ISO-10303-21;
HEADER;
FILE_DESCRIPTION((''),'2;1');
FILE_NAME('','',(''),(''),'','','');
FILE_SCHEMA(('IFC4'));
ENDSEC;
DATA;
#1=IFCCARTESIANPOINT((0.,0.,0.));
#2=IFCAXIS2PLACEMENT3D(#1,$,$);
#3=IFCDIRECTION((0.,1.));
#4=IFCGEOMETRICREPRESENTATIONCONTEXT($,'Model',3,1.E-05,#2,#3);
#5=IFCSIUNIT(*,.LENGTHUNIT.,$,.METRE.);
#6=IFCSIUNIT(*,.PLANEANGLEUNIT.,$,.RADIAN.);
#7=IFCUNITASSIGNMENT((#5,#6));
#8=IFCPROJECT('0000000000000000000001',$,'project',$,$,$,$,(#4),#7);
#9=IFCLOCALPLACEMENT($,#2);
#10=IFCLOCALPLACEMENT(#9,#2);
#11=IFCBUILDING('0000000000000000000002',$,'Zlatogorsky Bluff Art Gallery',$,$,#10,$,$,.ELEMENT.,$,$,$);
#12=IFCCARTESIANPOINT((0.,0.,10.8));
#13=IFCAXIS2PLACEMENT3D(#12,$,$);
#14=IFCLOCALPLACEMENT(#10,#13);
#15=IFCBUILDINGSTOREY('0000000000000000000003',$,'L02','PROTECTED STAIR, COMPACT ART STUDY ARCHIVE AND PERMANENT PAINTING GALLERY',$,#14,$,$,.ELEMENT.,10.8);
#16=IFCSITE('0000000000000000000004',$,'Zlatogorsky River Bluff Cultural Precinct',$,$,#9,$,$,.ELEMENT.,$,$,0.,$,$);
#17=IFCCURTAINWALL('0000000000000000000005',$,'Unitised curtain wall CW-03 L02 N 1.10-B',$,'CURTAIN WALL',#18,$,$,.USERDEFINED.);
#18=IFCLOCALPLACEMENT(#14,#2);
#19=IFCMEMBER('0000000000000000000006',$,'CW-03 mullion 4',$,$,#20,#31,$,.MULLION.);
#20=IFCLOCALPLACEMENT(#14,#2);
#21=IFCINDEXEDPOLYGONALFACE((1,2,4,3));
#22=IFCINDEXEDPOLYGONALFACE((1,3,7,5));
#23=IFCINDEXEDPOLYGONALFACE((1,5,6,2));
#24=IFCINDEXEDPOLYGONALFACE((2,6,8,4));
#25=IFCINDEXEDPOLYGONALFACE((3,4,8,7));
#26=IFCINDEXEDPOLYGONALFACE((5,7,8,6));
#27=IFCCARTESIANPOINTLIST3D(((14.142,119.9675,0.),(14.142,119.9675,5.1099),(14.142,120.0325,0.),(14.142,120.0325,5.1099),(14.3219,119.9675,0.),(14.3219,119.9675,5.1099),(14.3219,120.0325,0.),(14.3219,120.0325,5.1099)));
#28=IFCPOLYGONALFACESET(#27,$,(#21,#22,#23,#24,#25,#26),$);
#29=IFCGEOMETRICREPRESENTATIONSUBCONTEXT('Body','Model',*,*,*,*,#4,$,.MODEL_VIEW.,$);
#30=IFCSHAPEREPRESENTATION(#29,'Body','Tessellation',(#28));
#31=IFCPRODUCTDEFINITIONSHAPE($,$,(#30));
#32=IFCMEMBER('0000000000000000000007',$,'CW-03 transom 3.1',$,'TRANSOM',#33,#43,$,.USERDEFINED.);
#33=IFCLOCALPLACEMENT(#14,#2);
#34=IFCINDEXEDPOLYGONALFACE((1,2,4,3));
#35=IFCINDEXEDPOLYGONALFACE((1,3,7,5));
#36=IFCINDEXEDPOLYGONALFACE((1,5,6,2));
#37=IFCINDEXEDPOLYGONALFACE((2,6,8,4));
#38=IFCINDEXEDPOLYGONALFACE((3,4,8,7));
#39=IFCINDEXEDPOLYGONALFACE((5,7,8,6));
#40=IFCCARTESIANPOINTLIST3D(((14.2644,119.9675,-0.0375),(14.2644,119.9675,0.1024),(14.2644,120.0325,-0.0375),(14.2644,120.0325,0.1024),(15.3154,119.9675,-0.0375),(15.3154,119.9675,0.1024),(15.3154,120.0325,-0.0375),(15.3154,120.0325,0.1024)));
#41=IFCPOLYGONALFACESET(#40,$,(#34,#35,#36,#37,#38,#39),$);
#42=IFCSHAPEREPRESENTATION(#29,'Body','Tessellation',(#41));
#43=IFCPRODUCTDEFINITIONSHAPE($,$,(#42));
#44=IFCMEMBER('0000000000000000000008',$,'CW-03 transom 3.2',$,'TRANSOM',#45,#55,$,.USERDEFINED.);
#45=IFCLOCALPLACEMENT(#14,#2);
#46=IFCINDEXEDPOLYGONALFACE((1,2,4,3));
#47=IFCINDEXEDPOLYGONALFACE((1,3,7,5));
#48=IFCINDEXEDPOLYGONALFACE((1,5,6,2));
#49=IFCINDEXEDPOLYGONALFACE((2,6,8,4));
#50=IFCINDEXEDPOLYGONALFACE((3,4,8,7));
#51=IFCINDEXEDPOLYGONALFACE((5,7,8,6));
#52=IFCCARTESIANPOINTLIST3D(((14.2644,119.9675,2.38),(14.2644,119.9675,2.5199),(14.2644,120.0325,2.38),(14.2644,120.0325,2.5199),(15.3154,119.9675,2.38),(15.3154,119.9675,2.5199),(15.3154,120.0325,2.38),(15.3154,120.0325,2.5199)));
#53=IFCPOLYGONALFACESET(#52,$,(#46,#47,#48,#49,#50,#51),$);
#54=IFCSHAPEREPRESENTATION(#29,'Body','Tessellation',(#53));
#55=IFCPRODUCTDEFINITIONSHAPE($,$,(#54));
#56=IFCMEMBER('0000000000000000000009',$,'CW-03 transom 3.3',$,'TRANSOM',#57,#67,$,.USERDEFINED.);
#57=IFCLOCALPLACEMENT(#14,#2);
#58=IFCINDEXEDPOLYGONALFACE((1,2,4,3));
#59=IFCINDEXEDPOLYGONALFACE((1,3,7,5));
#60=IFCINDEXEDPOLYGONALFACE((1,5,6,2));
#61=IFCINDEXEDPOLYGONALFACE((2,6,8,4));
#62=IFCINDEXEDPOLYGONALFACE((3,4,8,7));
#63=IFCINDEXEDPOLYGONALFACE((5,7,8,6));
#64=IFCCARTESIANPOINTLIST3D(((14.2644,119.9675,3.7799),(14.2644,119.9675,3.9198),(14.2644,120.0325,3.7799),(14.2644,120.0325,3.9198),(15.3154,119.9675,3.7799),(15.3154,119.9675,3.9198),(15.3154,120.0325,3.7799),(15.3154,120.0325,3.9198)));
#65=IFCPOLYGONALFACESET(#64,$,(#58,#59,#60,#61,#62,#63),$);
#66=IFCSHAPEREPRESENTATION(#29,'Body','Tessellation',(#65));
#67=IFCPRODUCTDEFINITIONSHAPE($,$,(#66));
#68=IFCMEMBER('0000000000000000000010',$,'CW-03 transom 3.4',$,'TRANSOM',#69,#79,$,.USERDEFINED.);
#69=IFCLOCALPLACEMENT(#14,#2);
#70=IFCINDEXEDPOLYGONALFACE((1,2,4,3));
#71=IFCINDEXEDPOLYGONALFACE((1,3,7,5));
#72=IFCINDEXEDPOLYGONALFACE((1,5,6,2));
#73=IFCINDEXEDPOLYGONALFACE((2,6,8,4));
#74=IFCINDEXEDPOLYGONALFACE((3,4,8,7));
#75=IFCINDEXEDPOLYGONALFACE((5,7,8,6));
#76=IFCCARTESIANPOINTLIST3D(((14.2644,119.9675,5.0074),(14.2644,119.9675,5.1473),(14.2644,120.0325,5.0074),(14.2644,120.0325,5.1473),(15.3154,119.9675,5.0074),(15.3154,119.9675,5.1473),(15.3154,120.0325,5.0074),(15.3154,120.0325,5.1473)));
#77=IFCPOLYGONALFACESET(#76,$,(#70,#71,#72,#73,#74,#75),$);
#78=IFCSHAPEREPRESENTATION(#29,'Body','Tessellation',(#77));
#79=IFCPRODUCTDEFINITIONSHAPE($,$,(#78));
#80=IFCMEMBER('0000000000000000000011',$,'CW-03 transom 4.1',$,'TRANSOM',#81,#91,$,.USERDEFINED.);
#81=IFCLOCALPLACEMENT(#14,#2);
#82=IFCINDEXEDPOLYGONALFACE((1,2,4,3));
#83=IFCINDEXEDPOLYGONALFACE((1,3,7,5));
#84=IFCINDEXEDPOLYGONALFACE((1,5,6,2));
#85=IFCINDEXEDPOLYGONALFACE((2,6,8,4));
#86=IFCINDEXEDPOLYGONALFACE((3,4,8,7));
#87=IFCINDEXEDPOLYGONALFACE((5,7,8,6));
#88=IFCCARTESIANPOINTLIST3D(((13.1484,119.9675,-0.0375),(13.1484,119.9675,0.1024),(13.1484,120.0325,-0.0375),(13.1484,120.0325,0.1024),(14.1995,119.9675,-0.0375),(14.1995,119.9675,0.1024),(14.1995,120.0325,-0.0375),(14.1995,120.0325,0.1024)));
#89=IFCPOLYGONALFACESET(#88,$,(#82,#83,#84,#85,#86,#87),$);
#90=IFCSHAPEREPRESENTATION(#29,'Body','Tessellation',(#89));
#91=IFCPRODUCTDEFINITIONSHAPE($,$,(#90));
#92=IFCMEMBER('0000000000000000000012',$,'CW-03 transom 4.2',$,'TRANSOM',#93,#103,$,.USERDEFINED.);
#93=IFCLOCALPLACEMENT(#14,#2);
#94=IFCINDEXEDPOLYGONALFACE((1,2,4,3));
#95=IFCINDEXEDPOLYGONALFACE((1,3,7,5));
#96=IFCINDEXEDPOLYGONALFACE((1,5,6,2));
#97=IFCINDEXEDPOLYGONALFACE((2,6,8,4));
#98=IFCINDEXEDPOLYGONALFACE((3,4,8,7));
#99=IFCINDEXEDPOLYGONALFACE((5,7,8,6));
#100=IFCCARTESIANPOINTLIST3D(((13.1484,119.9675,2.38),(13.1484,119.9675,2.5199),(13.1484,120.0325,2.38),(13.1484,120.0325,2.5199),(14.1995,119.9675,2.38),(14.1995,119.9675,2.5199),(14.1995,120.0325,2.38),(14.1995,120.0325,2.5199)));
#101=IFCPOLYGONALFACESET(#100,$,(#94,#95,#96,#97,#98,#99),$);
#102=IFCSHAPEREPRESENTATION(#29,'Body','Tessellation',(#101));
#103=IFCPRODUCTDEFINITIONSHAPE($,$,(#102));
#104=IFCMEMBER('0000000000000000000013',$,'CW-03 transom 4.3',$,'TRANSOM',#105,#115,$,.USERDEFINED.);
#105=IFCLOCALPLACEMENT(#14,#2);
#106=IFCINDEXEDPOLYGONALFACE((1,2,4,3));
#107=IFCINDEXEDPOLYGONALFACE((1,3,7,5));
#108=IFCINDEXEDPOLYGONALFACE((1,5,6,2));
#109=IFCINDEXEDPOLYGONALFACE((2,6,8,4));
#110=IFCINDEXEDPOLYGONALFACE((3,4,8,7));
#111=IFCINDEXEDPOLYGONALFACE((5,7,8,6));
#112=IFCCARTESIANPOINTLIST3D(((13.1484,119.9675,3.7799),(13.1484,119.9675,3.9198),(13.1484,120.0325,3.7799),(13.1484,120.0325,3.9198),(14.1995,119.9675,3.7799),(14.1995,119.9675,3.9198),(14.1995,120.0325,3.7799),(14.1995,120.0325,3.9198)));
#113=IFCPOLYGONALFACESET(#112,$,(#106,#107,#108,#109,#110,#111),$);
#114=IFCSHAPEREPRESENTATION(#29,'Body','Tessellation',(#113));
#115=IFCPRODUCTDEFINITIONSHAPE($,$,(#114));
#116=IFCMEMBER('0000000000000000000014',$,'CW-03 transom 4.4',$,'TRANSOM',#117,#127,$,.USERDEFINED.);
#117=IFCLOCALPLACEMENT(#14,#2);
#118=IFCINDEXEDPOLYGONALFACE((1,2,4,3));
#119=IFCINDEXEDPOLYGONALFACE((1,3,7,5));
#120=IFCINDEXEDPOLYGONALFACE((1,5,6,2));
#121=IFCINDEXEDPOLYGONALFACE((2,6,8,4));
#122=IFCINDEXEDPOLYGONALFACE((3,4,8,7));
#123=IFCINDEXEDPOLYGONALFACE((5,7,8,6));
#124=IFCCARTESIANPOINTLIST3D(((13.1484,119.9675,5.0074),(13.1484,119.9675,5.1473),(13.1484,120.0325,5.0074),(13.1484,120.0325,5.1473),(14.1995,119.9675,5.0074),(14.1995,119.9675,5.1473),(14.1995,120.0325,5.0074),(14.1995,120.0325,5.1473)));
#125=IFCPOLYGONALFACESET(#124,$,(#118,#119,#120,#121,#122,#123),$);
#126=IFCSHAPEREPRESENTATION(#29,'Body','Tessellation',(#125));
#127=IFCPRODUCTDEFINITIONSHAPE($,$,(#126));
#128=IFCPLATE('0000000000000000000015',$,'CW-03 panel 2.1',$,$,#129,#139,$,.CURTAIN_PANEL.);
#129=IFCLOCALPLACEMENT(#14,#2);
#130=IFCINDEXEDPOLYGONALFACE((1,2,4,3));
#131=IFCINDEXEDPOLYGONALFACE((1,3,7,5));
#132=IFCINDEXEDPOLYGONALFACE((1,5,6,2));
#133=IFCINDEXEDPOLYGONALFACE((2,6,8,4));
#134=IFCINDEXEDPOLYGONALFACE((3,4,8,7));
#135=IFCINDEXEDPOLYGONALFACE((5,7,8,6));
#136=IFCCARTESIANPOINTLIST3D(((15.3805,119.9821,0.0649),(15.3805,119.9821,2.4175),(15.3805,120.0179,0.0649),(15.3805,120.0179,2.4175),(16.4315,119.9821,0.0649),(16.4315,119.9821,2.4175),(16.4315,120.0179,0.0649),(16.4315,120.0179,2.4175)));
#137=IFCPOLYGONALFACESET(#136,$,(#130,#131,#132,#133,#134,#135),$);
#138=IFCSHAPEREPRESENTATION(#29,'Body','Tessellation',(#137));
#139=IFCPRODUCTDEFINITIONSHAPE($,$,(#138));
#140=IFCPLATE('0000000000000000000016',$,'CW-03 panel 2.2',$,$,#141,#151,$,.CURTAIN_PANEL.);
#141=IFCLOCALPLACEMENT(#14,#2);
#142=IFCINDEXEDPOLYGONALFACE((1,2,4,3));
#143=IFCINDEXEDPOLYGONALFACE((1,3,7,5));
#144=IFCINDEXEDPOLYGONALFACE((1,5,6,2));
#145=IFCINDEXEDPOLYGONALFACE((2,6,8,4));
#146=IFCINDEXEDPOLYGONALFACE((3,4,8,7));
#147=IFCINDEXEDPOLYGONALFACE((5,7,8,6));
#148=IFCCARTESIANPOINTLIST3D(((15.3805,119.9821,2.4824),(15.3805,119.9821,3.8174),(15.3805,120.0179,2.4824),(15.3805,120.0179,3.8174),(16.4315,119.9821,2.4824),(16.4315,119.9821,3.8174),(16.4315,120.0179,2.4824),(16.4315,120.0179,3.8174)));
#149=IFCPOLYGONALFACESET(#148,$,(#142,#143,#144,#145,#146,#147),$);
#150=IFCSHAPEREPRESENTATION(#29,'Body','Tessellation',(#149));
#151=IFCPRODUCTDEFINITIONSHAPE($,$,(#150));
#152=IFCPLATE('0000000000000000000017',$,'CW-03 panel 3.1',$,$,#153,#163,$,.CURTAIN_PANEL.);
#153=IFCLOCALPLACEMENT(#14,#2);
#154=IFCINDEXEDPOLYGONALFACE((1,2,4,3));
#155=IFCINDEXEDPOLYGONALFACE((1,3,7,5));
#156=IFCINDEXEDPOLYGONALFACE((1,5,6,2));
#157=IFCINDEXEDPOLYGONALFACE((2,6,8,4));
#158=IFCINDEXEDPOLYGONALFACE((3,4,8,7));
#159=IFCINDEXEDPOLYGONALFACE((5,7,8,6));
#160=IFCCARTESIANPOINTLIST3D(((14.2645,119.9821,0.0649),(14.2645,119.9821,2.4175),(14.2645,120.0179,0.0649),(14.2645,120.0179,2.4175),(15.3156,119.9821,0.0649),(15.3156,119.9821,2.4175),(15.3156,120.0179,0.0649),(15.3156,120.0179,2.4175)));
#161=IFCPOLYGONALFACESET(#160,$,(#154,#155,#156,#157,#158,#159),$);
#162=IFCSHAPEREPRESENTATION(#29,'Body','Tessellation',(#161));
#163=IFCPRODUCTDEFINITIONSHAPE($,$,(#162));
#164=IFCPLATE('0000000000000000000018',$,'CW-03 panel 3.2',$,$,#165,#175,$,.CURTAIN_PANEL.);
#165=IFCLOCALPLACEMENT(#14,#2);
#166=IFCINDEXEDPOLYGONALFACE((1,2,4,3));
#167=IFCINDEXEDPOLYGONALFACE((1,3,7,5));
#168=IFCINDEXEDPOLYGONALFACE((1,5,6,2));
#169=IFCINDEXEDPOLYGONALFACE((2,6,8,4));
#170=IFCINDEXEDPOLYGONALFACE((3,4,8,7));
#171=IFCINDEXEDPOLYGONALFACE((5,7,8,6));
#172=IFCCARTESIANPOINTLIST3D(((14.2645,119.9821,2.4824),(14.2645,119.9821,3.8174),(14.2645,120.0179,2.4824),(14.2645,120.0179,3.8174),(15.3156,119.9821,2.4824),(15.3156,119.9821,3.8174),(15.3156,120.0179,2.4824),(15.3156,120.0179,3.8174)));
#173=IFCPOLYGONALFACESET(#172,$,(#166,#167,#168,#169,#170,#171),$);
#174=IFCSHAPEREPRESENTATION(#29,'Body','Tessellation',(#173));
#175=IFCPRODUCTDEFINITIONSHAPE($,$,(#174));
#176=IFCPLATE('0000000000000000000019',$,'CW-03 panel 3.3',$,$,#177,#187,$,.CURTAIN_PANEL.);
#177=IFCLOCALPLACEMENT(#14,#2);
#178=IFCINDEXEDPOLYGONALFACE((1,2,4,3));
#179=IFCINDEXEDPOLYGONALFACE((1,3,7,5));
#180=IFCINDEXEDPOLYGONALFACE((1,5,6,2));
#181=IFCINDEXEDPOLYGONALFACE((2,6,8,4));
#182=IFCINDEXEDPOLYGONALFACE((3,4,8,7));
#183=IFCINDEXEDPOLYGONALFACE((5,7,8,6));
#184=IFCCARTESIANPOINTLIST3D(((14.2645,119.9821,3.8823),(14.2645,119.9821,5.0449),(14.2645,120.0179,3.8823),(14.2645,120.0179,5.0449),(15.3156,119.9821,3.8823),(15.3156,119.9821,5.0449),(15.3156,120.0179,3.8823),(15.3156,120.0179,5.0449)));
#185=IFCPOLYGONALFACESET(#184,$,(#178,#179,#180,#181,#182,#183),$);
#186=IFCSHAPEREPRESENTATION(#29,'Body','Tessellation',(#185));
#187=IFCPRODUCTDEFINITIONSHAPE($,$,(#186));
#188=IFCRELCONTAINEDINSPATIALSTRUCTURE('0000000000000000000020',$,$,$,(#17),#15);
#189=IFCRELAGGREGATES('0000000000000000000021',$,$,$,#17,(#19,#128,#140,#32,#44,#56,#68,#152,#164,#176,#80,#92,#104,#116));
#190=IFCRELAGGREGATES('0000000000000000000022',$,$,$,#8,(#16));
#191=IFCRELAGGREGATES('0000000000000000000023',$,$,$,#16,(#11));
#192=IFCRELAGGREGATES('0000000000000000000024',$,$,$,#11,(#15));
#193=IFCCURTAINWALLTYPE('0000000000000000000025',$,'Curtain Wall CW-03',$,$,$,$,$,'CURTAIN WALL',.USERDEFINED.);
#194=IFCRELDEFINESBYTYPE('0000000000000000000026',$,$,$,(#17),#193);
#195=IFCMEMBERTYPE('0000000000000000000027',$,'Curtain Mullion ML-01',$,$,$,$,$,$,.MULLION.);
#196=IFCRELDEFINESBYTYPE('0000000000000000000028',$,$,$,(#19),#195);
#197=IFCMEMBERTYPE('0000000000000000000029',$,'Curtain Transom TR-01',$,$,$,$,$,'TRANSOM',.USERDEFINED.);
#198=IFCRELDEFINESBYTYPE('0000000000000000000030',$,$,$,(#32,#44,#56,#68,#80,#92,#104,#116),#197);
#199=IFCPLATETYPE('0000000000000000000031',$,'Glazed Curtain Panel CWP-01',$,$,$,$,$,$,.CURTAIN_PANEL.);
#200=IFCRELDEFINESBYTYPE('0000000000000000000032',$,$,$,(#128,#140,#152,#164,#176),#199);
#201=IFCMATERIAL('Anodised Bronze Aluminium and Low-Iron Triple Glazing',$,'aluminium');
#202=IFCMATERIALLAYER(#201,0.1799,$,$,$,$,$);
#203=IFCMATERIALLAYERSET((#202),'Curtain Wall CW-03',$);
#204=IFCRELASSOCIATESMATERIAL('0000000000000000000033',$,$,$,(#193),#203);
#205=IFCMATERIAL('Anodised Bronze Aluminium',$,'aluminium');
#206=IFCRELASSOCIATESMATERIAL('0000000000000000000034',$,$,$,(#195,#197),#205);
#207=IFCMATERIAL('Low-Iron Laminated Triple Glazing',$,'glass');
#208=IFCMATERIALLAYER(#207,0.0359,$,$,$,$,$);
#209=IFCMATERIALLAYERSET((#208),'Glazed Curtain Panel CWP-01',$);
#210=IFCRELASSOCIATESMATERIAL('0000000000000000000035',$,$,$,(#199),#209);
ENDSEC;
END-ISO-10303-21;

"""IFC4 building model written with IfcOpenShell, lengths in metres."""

from ifc_helpers import new_model, si_unit, direction, frame, origin, origin_2d, place, context, subcontext, project, spatial, rectangle, extrude, material, layer, layer_set, material_profile, profile_set, type_object, element, aggregate, save


model = new_model("IFC4")

# Units and contexts
model_context = context("Model", 3, precision=1e-05, world=origin(), true_north=direction((0.0, 1.0)))
body_context = subcontext(model_context, "Body", "Model", "MODEL_VIEW")
ifc_project = project(units=[si_unit("LENGTHUNIT", "METRE"), si_unit("PLANEANGLEUNIT", "RADIAN")], contexts=[model_context])

# Site, building, storey
site_placement = place(None, origin())
site = spatial("IfcSite", under=ifc_project, at=site_placement, Name="Zlatogorsky River Bluff Cultural Precinct", CompositionType="ELEMENT", RefElevation=0.0)
building_placement = place(site_placement, origin())
building = spatial("IfcBuilding", under=site, at=building_placement, Name="Zlatogorsky Bluff Art Gallery", CompositionType="ELEMENT")
storey_placement = place(building_placement, frame((0.0, 0.0, 10.8)))
storey = spatial("IfcBuildingStorey", under=building, at=storey_placement, Name="L02", Description="PROTECTED STAIR, COMPACT ART STUDY ARCHIVE AND PERMANENT PAINTING GALLERY", CompositionType="ELEMENT", Elevation=10.8)

# Curtain wall, members, plates
ifc_material_1 = material(Name="Anodised Bronze Aluminium and Low-Iron Triple Glazing", Category="aluminium")
ifc_layer_1 = layer(ifc_material_1, 0.1799)
ifc_layer_set_1 = layer_set([ifc_layer_1], Name="Curtain Wall CW-03")
curtain_wall_type = type_object("IfcCurtainWallType", Name="Curtain Wall CW-03", ElementType="CURTAIN WALL", PredefinedType="USERDEFINED", material=ifc_layer_set_1)
curtain_wall_placement = place(storey_placement, origin())
curtain_wall = element("IfcCurtainWall", 1, at=curtain_wall_placement, inside=storey, type_object=curtain_wall_type, Name="Unitised curtain wall CW-03 L02 N 1.10-B", ObjectType="CURTAIN WALL", PredefinedType="USERDEFINED")
ifc_material_2 = material(Name="Anodised Bronze Aluminium", Category="aluminium")
ifc_material_profile_1 = material_profile(ifc_material_2, rectangle(XDim=0.0649, YDim=0.1799, at=origin_2d()), Name="ALU MULLION 65x180")
ifc_profile_set_1 = profile_set([ifc_material_profile_1], Name="Anodised Bronze Aluminium")
member_type_1 = type_object("IfcMemberType", Name="Curtain Mullion ML-01", PredefinedType="MULLION", material=ifc_profile_set_1)
member_1_placement = place(storey_placement, frame((14.2319, 120.0, 0.0), z_axis=(0.0, 0.0, 1.0), x_axis=(0.0, -1.0, 0.0)))
member_1 = element("IfcMember", 2, at=member_1_placement, type_object=member_type_1, Name="CW-03 mullion 4", PredefinedType="MULLION", context=body_context, shape_type="SweptSolid", body=[
    extrude(rectangle(XDim=0.0649, YDim=0.1799, at=origin_2d()), origin(), (0.0, 0.0, 1.0), 5.1099),
])
ifc_material_profile_2 = material_profile(ifc_material_2, rectangle(XDim=0.0649, YDim=0.1399, at=origin_2d()), Name="ALU TRANSOM 65x140")
ifc_profile_set_2 = profile_set([ifc_material_profile_2], Name="Anodised Bronze Aluminium")
member_type_2 = type_object("IfcMemberType", Name="Curtain Transom TR-01", ElementType="TRANSOM", PredefinedType="USERDEFINED", material=ifc_profile_set_2)
member_2_placement = place(storey_placement, frame((15.3154, 120.0, 0.0325), z_axis=(-1.0, 0.0, 0.0), x_axis=(0.0, -1.0, 0.0)))
member_2 = element("IfcMember", 3, at=member_2_placement, type_object=member_type_2, Name="CW-03 transom 3.1", ObjectType="TRANSOM", PredefinedType="USERDEFINED", context=body_context, shape_type="SweptSolid", body=[
    extrude(rectangle(XDim=0.0649, YDim=0.1399, at=origin_2d()), origin(), (0.0, 0.0, 1.0), 1.051),
])
member_3_placement = place(storey_placement, frame((15.3154, 120.0, 2.45), z_axis=(-1.0, 0.0, 0.0), x_axis=(0.0, -1.0, 0.0)))
member_3 = element("IfcMember", 4, at=member_3_placement, type_object=member_type_2, Name="CW-03 transom 3.2", ObjectType="TRANSOM", PredefinedType="USERDEFINED", context=body_context, shape_type="SweptSolid", body=[
    extrude(rectangle(XDim=0.0649, YDim=0.1399, at=origin_2d()), origin(), (0.0, 0.0, 1.0), 1.051),
])
member_4_placement = place(storey_placement, frame((15.3154, 120.0, 3.8499), z_axis=(-1.0, 0.0, 0.0), x_axis=(0.0, -1.0, 0.0)))
member_4 = element("IfcMember", 5, at=member_4_placement, type_object=member_type_2, Name="CW-03 transom 3.3", ObjectType="TRANSOM", PredefinedType="USERDEFINED", context=body_context, shape_type="SweptSolid", body=[
    extrude(rectangle(XDim=0.0649, YDim=0.1399, at=origin_2d()), origin(), (0.0, 0.0, 1.0), 1.051),
])
member_5_placement = place(storey_placement, frame((15.3154, 120.0, 5.0774), z_axis=(-1.0, 0.0, 0.0), x_axis=(0.0, -1.0, 0.0)))
member_5 = element("IfcMember", 6, at=member_5_placement, type_object=member_type_2, Name="CW-03 transom 3.4", ObjectType="TRANSOM", PredefinedType="USERDEFINED", context=body_context, shape_type="SweptSolid", body=[
    extrude(rectangle(XDim=0.0649, YDim=0.1399, at=origin_2d()), origin(), (0.0, 0.0, 1.0), 1.051),
])
member_6_placement = place(storey_placement, frame((14.1995, 120.0, 0.0325), z_axis=(-1.0, 0.0, 0.0), x_axis=(0.0, -1.0, 0.0)))
member_6 = element("IfcMember", 7, at=member_6_placement, type_object=member_type_2, Name="CW-03 transom 4.1", ObjectType="TRANSOM", PredefinedType="USERDEFINED", context=body_context, shape_type="SweptSolid", body=[
    extrude(rectangle(XDim=0.0649, YDim=0.1399, at=origin_2d()), origin(), (0.0, 0.0, 1.0), 1.051),
])
member_7_placement = place(storey_placement, frame((14.1995, 120.0, 2.45), z_axis=(-1.0, 0.0, 0.0), x_axis=(0.0, -1.0, 0.0)))
member_7 = element("IfcMember", 8, at=member_7_placement, type_object=member_type_2, Name="CW-03 transom 4.2", ObjectType="TRANSOM", PredefinedType="USERDEFINED", context=body_context, shape_type="SweptSolid", body=[
    extrude(rectangle(XDim=0.0649, YDim=0.1399, at=origin_2d()), origin(), (0.0, 0.0, 1.0), 1.051),
])
member_8_placement = place(storey_placement, frame((14.1995, 120.0, 3.8499), z_axis=(-1.0, 0.0, 0.0), x_axis=(0.0, -1.0, 0.0)))
member_8 = element("IfcMember", 9, at=member_8_placement, type_object=member_type_2, Name="CW-03 transom 4.3", ObjectType="TRANSOM", PredefinedType="USERDEFINED", context=body_context, shape_type="SweptSolid", body=[
    extrude(rectangle(XDim=0.0649, YDim=0.1399, at=origin_2d()), origin(), (0.0, 0.0, 1.0), 1.051),
])
member_9_placement = place(storey_placement, frame((14.1995, 120.0, 5.0774), z_axis=(-1.0, 0.0, 0.0), x_axis=(0.0, -1.0, 0.0)))
member_9 = element("IfcMember", 10, at=member_9_placement, type_object=member_type_2, Name="CW-03 transom 4.4", ObjectType="TRANSOM", PredefinedType="USERDEFINED", context=body_context, shape_type="SweptSolid", body=[
    extrude(rectangle(XDim=0.0649, YDim=0.1399, at=origin_2d()), origin(), (0.0, 0.0, 1.0), 1.051),
])
ifc_material_3 = material(Name="Low-Iron Laminated Triple Glazing", Category="glass")
ifc_layer_2 = layer(ifc_material_3, 0.0359)
ifc_layer_set_2 = layer_set([ifc_layer_2], Name="Glazed Curtain Panel CWP-01")
plate_type = type_object("IfcPlateType", Name="Glazed Curtain Panel CWP-01", PredefinedType="CURTAIN_PANEL", material=ifc_layer_set_2)
plate_1_placement = place(storey_placement, frame((15.906, 120.0, 0.0649), z_axis=(0.0, 0.0, 1.0), x_axis=(-1.0, 0.0, 0.0)))
plate_1 = element("IfcPlate", 11, at=plate_1_placement, type_object=plate_type, Name="CW-03 panel 2.1", PredefinedType="CURTAIN_PANEL", context=body_context, shape_type="SweptSolid", body=[
    extrude(rectangle(XDim=1.051, YDim=0.0359, at=origin_2d()), origin(), (0.0, 0.0, 1.0), 2.3525),
])
plate_2_placement = place(storey_placement, frame((15.906, 120.0, 2.4824), z_axis=(0.0, 0.0, 1.0), x_axis=(-1.0, 0.0, 0.0)))
plate_2 = element("IfcPlate", 12, at=plate_2_placement, type_object=plate_type, Name="CW-03 panel 2.2", PredefinedType="CURTAIN_PANEL", context=body_context, shape_type="SweptSolid", body=[
    extrude(rectangle(XDim=1.051, YDim=0.0359, at=origin_2d()), origin(), (0.0, 0.0, 1.0), 1.335),
])
plate_3_placement = place(storey_placement, frame((14.79, 120.0, 0.0649), z_axis=(0.0, 0.0, 1.0), x_axis=(-1.0, 0.0, 0.0)))
plate_3 = element("IfcPlate", 13, at=plate_3_placement, type_object=plate_type, Name="CW-03 panel 3.1", PredefinedType="CURTAIN_PANEL", context=body_context, shape_type="SweptSolid", body=[
    extrude(rectangle(XDim=1.051, YDim=0.0359, at=origin_2d()), origin(), (0.0, 0.0, 1.0), 2.3525),
])
plate_4_placement = place(storey_placement, frame((14.79, 120.0, 2.4824), z_axis=(0.0, 0.0, 1.0), x_axis=(-1.0, 0.0, 0.0)))
plate_4 = element("IfcPlate", 14, at=plate_4_placement, type_object=plate_type, Name="CW-03 panel 3.2", PredefinedType="CURTAIN_PANEL", context=body_context, shape_type="SweptSolid", body=[
    extrude(rectangle(XDim=1.051, YDim=0.0359, at=origin_2d()), origin(), (0.0, 0.0, 1.0), 1.335),
])
plate_5_placement = place(storey_placement, frame((14.79, 120.0, 3.8823), z_axis=(0.0, 0.0, 1.0), x_axis=(-1.0, 0.0, 0.0)))
plate_5 = element("IfcPlate", 15, at=plate_5_placement, type_object=plate_type, Name="CW-03 panel 3.3", PredefinedType="CURTAIN_PANEL", context=body_context, shape_type="SweptSolid", body=[
    extrude(rectangle(XDim=1.051, YDim=0.0359, at=origin_2d()), origin(), (0.0, 0.0, 1.0), 1.1626),
])
aggregate(curtain_wall, [member_1, plate_1, plate_2, member_2, member_3, member_4, member_5, plate_3, plate_4, plate_5, member_6, member_7, member_8, member_9])

save(model, "model.ifc")
